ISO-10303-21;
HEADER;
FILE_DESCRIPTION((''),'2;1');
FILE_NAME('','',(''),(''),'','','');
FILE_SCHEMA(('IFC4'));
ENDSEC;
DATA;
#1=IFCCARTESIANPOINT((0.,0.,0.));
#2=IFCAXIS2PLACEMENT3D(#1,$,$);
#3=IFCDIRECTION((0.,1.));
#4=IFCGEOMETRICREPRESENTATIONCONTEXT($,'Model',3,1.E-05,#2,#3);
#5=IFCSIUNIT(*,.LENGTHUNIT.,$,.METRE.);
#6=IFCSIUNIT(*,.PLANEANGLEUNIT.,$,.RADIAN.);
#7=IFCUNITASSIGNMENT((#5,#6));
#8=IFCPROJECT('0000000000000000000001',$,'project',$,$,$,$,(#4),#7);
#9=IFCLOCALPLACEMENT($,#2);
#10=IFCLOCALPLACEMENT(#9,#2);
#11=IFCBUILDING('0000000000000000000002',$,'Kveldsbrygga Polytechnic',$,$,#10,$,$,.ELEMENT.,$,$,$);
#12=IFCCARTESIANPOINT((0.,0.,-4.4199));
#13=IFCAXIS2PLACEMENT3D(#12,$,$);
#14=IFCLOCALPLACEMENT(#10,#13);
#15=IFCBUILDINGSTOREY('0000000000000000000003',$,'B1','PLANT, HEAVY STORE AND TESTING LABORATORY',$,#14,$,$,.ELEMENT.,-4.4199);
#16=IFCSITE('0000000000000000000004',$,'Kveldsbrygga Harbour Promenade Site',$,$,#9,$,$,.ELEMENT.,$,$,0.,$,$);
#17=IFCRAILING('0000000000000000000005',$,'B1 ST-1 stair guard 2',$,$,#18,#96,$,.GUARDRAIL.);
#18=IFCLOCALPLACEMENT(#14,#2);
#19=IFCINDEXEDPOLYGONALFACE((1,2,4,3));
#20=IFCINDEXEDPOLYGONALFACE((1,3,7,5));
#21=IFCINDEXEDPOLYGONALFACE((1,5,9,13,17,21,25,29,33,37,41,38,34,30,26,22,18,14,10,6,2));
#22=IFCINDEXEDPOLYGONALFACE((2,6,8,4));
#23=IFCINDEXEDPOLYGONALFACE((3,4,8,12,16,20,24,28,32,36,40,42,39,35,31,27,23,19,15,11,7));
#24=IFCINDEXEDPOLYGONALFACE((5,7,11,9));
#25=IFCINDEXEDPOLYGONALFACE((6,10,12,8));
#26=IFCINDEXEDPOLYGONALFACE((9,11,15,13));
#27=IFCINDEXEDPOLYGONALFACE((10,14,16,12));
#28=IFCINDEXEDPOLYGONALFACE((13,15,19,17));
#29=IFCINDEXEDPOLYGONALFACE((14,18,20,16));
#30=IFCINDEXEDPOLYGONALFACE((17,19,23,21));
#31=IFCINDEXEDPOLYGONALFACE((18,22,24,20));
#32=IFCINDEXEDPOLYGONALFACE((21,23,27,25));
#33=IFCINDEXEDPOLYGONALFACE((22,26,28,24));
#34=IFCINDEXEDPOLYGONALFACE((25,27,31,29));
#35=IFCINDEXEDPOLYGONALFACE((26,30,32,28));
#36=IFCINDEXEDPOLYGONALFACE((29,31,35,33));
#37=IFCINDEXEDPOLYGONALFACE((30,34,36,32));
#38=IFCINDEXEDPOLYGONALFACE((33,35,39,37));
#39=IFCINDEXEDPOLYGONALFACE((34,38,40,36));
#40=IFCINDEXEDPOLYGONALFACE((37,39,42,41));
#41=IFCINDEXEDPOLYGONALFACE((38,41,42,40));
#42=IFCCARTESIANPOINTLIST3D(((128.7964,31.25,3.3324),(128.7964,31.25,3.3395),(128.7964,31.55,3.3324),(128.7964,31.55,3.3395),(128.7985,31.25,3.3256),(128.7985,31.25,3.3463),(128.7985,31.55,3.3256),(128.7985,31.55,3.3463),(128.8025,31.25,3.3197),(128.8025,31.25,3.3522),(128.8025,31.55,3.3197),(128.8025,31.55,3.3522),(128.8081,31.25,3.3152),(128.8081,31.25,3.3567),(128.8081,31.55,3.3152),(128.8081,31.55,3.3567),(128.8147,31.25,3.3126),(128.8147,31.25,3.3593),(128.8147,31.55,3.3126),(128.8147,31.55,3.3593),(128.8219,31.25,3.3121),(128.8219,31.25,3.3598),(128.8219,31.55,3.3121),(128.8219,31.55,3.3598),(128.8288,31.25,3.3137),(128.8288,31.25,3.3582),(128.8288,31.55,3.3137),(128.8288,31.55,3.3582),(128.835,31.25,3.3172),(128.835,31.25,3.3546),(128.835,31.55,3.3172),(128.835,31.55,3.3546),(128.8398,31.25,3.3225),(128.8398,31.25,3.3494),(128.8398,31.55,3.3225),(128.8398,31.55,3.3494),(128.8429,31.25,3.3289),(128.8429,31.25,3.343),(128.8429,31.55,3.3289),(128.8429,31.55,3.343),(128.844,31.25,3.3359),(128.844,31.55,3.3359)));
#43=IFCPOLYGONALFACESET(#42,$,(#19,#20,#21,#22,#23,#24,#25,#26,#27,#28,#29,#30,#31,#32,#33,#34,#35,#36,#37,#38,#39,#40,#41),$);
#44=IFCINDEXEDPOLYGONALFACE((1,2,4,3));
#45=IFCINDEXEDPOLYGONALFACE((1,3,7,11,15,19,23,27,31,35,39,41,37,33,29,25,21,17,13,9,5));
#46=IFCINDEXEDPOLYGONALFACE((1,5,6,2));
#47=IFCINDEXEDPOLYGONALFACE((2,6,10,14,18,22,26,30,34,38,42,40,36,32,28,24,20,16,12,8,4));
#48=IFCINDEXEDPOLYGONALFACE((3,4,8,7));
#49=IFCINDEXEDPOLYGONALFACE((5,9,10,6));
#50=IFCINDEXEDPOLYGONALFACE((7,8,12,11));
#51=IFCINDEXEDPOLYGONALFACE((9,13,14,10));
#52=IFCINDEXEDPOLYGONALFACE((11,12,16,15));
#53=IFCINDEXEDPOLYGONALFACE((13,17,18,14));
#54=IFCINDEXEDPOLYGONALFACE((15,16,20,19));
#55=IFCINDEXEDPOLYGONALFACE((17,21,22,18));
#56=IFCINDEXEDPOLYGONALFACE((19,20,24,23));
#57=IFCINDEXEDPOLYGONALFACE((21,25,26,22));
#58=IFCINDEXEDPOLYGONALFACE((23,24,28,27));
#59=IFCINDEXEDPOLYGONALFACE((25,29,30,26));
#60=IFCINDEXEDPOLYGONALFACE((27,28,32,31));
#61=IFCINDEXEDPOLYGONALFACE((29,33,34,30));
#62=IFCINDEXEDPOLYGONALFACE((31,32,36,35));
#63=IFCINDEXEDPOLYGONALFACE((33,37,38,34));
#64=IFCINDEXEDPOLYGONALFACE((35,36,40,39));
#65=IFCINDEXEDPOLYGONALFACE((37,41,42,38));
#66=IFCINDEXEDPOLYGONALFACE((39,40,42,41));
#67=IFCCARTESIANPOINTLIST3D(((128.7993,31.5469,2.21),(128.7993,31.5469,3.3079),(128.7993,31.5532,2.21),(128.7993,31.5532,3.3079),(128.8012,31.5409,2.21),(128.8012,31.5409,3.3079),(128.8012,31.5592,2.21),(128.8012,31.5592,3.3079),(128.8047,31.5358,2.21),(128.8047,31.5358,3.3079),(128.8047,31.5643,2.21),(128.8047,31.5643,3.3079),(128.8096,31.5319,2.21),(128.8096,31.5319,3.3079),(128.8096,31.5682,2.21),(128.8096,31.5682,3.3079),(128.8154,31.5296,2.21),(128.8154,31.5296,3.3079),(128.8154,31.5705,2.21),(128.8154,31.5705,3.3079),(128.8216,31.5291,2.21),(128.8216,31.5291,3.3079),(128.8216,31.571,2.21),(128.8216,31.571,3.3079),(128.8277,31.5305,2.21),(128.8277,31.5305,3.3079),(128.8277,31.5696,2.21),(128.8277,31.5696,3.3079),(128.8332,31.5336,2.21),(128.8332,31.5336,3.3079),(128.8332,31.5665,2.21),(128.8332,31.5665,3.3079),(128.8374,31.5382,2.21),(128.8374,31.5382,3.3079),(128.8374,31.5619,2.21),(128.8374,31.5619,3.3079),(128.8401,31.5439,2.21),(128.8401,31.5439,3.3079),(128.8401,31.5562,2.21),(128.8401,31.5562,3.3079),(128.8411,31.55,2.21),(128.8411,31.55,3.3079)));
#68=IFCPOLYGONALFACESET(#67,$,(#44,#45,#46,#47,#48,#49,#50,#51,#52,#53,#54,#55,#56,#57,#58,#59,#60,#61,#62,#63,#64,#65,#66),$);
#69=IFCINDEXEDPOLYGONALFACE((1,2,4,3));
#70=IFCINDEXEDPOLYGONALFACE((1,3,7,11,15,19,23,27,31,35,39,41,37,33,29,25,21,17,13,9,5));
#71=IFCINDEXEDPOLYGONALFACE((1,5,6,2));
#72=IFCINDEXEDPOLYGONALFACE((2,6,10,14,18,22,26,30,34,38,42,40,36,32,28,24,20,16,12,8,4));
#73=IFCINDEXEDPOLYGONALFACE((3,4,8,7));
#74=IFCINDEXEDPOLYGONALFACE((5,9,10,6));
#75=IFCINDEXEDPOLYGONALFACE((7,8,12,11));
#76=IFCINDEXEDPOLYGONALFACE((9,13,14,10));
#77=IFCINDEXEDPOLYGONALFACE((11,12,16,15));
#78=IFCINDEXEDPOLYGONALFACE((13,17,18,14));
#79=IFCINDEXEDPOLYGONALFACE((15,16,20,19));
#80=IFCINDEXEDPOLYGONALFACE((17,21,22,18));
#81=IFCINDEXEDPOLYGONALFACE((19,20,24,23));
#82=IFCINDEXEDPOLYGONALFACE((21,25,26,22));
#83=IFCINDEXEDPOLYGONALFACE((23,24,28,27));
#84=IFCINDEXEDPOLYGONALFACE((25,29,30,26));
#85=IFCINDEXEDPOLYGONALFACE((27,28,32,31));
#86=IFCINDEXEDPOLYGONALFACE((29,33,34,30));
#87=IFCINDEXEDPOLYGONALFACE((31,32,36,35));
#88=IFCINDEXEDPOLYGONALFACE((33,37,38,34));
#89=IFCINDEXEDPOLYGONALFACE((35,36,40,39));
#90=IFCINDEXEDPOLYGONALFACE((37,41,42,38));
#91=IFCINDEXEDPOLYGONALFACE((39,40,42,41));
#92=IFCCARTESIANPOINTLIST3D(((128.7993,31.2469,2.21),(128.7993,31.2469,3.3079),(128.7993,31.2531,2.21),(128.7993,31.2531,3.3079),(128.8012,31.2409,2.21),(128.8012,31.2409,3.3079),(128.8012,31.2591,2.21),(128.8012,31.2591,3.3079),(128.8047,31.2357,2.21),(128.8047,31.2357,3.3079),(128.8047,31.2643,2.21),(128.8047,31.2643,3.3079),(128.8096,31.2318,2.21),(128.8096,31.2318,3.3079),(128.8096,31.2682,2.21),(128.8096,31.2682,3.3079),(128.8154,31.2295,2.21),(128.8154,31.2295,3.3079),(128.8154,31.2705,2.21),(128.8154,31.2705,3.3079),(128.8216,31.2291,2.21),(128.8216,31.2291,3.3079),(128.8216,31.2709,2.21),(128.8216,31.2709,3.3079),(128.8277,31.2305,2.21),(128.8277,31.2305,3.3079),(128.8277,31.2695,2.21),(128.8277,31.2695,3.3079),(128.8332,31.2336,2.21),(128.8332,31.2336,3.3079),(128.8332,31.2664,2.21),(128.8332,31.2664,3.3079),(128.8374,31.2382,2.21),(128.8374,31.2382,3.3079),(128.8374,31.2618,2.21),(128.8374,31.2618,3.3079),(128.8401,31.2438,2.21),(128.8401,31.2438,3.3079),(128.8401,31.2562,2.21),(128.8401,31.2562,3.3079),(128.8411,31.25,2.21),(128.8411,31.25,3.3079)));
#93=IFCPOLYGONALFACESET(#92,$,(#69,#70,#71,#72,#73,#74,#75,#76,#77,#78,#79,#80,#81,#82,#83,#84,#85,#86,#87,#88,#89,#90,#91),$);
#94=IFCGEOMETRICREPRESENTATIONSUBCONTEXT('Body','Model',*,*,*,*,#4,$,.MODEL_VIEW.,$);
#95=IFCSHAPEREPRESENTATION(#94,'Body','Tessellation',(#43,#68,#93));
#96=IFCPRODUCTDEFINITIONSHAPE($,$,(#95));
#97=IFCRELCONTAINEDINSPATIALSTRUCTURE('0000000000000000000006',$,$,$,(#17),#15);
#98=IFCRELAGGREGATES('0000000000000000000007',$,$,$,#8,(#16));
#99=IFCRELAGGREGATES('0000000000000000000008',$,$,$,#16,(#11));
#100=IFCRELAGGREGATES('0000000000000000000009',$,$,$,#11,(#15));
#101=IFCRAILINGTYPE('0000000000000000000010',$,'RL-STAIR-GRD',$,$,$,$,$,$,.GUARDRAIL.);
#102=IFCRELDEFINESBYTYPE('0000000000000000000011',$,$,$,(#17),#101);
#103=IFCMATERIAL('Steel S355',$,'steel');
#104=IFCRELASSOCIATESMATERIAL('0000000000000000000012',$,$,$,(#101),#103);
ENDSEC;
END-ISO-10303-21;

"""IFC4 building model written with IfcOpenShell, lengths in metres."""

from ifc_helpers import new_model, si_unit, direction, frame, origin, origin_2d, place, context, subcontext, project, spatial, circle, extrude, material, type_object, element, save


model = new_model("IFC4")

# Units and contexts
model_context = context("Model", 3, precision=1e-05, world=origin(), true_north=direction((0.0, 1.0)))
body_context = subcontext(model_context, "Body", "Model", "MODEL_VIEW")
ifc_project = project(units=[si_unit("LENGTHUNIT", "METRE"), si_unit("PLANEANGLEUNIT", "RADIAN")], contexts=[model_context])

# Site, building, storey
site_placement = place(None, origin())
site = spatial("IfcSite", under=ifc_project, at=site_placement, Name="Kveldsbrygga Harbour Promenade Site", CompositionType="ELEMENT", RefElevation=0.0)
building_placement = place(site_placement, origin())
building = spatial("IfcBuilding", under=site, at=building_placement, Name="Kveldsbrygga Polytechnic", CompositionType="ELEMENT")
storey_placement = place(building_placement, frame((0.0, 0.0, -4.4199)))
storey = spatial("IfcBuildingStorey", under=building, at=storey_placement, Name="B1", Description="PLANT, HEAVY STORE AND TESTING LABORATORY", CompositionType="ELEMENT", Elevation=-4.4199)

# Railing
ifc_material_1 = material(Name="Steel S355", Category="steel")
railing_type_1 = type_object("IfcRailingType", Name="RL-STAIR-GRD", PredefinedType="GUARDRAIL", material=ifc_material_1)
railing_1_placement = place(storey_placement, frame((128.8201, 31.55, 2.21)))
element("IfcRailing", 1, at=railing_1_placement, inside=storey, type_object=railing_type_1, Name="B1 ST-1 stair guard 2", PredefinedType="GUARDRAIL", context=body_context, shape_type="SweptSolid", body=[
    extrude(circle(Radius=0.0239, at=origin_2d()), frame((0.0, 0.0, 1.126), z_axis=(0.0, -1.0, 0.0), x_axis=(1.0, 0.0, 0.0)), (0.0, 0.0, 1.0), 0.3),
    extrude(circle(Radius=0.021, at=origin_2d()), origin(), (0.0, 0.0, 1.0), 1.0979),
    extrude(circle(Radius=0.021, at=origin_2d()), frame((0.0, -0.3, 0.0)), (0.0, 0.0, 1.0), 1.0979),
])

save(model, "model.ifc")
